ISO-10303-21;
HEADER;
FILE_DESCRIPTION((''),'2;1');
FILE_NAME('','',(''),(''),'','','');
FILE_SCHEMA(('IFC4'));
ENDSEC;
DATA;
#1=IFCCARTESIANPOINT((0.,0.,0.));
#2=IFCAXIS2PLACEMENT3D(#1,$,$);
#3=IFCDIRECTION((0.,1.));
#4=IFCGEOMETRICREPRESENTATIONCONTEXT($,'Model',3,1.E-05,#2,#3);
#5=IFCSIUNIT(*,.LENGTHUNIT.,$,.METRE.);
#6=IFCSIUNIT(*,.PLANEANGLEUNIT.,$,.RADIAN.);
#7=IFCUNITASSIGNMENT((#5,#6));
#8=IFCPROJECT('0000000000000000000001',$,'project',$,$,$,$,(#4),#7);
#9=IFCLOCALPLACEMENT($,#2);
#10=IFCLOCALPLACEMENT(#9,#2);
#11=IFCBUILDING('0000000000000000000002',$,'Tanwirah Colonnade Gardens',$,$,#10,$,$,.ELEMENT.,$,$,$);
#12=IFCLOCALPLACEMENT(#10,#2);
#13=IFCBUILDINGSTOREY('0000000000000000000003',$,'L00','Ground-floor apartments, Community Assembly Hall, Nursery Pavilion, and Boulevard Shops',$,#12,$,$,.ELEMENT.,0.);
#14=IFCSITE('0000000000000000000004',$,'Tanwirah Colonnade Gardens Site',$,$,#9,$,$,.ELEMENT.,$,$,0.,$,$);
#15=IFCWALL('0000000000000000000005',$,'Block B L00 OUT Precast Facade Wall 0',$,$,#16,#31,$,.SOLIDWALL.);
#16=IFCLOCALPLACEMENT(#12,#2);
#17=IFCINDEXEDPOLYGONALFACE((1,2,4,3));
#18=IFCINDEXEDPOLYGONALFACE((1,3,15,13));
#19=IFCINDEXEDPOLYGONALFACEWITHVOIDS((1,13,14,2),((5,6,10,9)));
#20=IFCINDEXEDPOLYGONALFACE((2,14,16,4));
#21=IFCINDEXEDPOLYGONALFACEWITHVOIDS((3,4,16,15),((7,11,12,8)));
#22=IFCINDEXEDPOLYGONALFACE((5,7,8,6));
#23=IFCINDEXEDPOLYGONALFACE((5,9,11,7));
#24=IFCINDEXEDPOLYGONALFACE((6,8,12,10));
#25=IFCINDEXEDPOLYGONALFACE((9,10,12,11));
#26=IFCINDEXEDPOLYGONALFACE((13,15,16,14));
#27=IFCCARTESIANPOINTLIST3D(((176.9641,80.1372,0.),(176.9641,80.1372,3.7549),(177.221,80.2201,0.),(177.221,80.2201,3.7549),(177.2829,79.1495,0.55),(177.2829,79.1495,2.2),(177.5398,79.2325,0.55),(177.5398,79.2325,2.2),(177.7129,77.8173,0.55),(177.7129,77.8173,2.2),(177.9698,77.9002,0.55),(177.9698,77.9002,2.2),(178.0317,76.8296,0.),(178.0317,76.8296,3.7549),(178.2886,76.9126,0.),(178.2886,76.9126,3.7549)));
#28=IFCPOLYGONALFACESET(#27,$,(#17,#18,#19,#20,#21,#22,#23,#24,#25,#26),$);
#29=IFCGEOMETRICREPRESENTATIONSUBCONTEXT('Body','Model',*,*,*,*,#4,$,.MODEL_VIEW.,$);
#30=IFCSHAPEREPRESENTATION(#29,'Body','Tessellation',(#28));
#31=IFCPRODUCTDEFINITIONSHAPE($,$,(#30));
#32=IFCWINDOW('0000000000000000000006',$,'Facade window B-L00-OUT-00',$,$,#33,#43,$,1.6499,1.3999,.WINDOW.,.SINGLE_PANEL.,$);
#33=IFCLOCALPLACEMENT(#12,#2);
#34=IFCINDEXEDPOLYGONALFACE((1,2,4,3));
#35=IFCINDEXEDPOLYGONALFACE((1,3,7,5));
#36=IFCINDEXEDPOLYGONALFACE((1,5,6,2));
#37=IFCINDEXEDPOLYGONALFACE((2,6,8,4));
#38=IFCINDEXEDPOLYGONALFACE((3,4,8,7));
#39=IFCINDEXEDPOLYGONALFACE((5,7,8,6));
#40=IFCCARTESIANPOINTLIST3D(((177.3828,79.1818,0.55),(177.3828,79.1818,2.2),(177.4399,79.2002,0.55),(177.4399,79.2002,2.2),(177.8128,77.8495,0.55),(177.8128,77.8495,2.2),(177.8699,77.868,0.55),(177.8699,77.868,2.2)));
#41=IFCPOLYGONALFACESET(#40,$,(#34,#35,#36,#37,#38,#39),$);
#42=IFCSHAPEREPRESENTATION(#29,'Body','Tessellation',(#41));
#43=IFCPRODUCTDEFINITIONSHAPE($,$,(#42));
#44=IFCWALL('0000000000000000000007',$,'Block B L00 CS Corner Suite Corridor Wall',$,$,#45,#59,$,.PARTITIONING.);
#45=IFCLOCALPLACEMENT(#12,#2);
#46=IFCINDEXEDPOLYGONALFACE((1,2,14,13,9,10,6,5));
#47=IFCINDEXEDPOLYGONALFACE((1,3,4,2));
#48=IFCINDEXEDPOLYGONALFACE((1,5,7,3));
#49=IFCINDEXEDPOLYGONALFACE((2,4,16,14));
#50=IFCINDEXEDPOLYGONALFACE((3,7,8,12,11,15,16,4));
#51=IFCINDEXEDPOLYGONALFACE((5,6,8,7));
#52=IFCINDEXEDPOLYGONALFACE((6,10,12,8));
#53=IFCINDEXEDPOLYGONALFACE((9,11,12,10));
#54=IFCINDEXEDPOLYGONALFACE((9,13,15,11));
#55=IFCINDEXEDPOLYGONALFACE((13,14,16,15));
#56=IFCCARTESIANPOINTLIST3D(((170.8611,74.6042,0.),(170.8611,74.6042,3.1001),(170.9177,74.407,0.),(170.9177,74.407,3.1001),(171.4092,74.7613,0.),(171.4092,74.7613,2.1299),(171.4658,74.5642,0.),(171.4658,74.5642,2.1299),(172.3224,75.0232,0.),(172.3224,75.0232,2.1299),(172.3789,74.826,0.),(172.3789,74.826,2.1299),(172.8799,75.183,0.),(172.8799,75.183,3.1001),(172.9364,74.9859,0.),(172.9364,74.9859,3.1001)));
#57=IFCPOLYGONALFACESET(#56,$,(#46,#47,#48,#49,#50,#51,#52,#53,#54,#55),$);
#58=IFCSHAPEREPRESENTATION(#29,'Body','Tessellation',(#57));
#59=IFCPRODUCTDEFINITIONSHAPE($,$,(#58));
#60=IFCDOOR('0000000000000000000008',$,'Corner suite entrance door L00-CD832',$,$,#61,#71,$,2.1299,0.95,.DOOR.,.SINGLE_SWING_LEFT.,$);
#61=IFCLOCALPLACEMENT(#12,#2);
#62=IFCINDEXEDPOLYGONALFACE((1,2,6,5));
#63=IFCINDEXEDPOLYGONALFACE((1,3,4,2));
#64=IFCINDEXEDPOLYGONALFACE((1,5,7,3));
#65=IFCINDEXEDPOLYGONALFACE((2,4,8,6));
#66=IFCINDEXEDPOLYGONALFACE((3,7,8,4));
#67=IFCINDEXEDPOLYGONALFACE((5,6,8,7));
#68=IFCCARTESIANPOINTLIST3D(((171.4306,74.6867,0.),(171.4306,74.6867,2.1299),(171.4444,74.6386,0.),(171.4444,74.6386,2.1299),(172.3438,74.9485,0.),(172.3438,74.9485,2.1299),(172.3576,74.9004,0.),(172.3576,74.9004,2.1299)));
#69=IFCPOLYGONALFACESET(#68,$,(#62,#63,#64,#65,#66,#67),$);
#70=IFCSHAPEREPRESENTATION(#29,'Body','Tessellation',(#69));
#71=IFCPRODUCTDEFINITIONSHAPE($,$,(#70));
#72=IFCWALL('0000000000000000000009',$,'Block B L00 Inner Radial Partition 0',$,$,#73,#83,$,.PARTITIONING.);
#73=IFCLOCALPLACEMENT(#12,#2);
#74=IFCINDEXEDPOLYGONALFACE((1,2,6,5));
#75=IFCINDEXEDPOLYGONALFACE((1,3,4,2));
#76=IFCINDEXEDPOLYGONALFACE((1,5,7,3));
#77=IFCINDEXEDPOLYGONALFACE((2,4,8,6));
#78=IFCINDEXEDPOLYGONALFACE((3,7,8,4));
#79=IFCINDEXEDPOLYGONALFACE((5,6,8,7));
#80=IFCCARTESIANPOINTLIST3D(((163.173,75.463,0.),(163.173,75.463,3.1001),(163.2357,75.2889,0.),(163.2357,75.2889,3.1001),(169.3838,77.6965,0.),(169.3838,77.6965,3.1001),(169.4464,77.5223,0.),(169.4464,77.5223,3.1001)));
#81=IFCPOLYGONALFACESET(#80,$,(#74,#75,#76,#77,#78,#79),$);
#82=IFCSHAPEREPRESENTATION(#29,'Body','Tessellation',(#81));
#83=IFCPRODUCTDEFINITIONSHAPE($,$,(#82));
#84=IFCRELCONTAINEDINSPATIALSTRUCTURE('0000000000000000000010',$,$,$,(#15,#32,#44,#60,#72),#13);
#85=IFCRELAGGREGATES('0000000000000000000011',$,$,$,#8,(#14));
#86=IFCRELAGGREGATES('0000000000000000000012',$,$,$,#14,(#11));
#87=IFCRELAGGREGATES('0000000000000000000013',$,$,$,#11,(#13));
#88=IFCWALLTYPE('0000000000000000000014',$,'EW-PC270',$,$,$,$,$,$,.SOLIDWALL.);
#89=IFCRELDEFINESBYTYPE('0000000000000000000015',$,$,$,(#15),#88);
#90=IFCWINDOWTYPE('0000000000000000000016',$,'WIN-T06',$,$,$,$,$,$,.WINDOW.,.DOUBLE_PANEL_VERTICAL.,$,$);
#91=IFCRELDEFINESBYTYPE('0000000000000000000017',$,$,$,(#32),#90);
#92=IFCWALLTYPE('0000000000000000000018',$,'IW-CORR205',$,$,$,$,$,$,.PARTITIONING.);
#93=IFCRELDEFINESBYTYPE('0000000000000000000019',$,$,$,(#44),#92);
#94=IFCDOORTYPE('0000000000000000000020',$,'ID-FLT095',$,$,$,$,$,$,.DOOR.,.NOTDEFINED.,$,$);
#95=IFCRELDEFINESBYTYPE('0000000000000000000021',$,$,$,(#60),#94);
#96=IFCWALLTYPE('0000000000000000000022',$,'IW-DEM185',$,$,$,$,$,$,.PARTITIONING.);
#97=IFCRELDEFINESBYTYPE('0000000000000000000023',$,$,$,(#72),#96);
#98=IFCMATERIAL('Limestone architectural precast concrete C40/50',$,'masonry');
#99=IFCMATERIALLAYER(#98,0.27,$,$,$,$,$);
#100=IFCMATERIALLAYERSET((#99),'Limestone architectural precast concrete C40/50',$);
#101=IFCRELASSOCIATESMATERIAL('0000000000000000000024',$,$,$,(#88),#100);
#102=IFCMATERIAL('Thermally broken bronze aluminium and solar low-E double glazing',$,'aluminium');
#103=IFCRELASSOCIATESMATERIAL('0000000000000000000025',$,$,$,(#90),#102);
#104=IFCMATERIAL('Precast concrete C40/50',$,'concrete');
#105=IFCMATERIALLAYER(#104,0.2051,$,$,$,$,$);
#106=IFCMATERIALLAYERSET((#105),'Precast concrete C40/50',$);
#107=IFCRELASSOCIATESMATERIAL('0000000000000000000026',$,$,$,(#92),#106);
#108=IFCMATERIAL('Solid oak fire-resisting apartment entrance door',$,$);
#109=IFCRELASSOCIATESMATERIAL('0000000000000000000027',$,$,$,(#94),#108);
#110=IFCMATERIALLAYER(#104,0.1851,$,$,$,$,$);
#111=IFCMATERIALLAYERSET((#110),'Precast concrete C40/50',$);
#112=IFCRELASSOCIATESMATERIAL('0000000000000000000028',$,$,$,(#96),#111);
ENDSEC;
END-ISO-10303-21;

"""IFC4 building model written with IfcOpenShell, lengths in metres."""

from ifc_helpers import new_model, si_unit, direction, frame, frame_2d, origin, place, context, subcontext, project, spatial, rectangle, extrude, material, layer, layer_set, type_object, element, fill, save


model = new_model("IFC4")

# Units and contexts
model_context = context("Model", 3, precision=1e-05, world=origin(), true_north=direction((0.0, 1.0)))
body_context = subcontext(model_context, "Body", "Model", "MODEL_VIEW")
ifc_project = project(units=[si_unit("LENGTHUNIT", "METRE"), si_unit("PLANEANGLEUNIT", "RADIAN")], contexts=[model_context])

# Site, building, storey
site_placement = place(None, origin())
site = spatial("IfcSite", under=ifc_project, at=site_placement, Name="Tanwirah Colonnade Gardens Site", CompositionType="ELEMENT", RefElevation=0.0)
building_placement = place(site_placement, origin())
building = spatial("IfcBuilding", under=site, at=building_placement, Name="Tanwirah Colonnade Gardens", CompositionType="ELEMENT")
storey_placement = place(building_placement, origin())
storey = spatial("IfcBuildingStorey", under=building, at=storey_placement, Name="L00", Description="Ground-floor apartments, Community Assembly Hall, Nursery Pavilion, and Boulevard Shops", CompositionType="ELEMENT", Elevation=0.0)

# Shared definitions
ifc_material_1 = material(Name="Precast concrete C40/50", Category="concrete")

# Wall, opening, window
ifc_material_2 = material(Name="Limestone architectural precast concrete C40/50", Category="masonry")
ifc_layer_1 = layer(ifc_material_2, 0.27)
ifc_layer_set_1 = layer_set([ifc_layer_1], Name="Limestone architectural precast concrete C40/50")
wall_type_1 = type_object("IfcWallType", Name="EW-PC270", PredefinedType="SOLIDWALL", material=ifc_layer_set_1)
wall_1_placement = place(storey_placement, frame((178.1602, 76.8711, 0.0), z_axis=(0.0, 0.0, 1.0), x_axis=(-0.307173, 0.951654, 0.0)))
wall_1 = element("IfcWall", 1, at=wall_1_placement, inside=storey, type_object=wall_type_1, Name="Block B L00 OUT Precast Facade Wall 0", PredefinedType="SOLIDWALL", context=body_context, shape_type="SweptSolid", body=[
    extrude(rectangle(XDim=3.4756, YDim=0.27, at=frame_2d((1.7378, 0.0))), origin(), (0.0, 0.0, 1.0), 3.7549),
])
opening_1_placement = place(wall_1_placement, frame((1.0378, 0.0, 0.55)))
opening_1 = element("IfcOpeningElement", 2, at=opening_1_placement, cuts=wall_1, PredefinedType="OPENING", context=body_context, shape_type="SweptSolid", body=[
    extrude(rectangle(XDim=1.3999, YDim=1.6499, at=frame_2d((0.7, 0.825))), frame((0.0, 0.145, 0.0), z_axis=(0.0, -1.0, 0.0), x_axis=(1.0, 0.0, 0.0)), (0.0, 0.0, 1.0), 0.29),
])
ifc_material_3 = material(Name="Thermally broken bronze aluminium and solar low-E double glazing", Category="aluminium")
window_type = type_object("IfcWindowType", Name="WIN-T06", PartitioningType="DOUBLE_PANEL_VERTICAL", PredefinedType="WINDOW", material=ifc_material_3)
window_placement = place(opening_1_placement, origin())
window = element("IfcWindow", 3, at=window_placement, inside=storey, type_object=window_type, Name="Facade window B-L00-OUT-00", OverallHeight=1.6499, OverallWidth=1.3999, PartitioningType="SINGLE_PANEL", PredefinedType="WINDOW", context=body_context, shape_type="SweptSolid", body=[
    extrude(rectangle(XDim=1.3999, YDim=1.6499, at=frame_2d((0.7, 0.825))), frame((0.0, 0.03, 0.0), z_axis=(0.0, -1.0, 0.0), x_axis=(1.0, 0.0, 0.0)), (0.0, 0.0, 1.0), 0.0601),
])
fill(opening_1, window)

# Wall, opening, door
ifc_layer_2 = layer(ifc_material_1, 0.2051)
ifc_layer_set_2 = layer_set([ifc_layer_2], Name="Precast concrete C40/50")
wall_type_2 = type_object("IfcWallType", Name="IW-CORR205", PredefinedType="PARTITIONING", material=ifc_layer_set_2)
ifc_material_4 = material(Name="Solid oak fire-resisting apartment entrance door")
wall_2_placement = place(storey_placement, frame((170.8894, 74.5056, 0.0), z_axis=(0.0, 0.0, 1.0), x_axis=(0.961265, 0.275627, 0.0)))
wall_2 = element("IfcWall", 4, at=wall_2_placement, inside=storey, type_object=wall_type_2, Name="Block B L00 CS Corner Suite Corridor Wall", PredefinedType="PARTITIONING", context=body_context, shape_type="SweptSolid", body=[
    extrude(rectangle(XDim=2.1001, YDim=0.2051, at=frame_2d((1.05, 0.0))), origin(), (0.0, 0.0, 1.0), 3.1001),
])
opening_2_placement = place(wall_2_placement, frame((0.5701, 0.0, 0.0)))
opening_2 = element("IfcOpeningElement", 5, at=opening_2_placement, cuts=wall_2, PredefinedType="OPENING", context=body_context, shape_type="SweptSolid", body=[
    extrude(rectangle(XDim=0.95, YDim=2.1299, at=frame_2d((0.4751, 1.0649))), frame((0.0, 0.1125, 0.0), z_axis=(0.0, -1.0, 0.0), x_axis=(1.0, 0.0, 0.0)), (0.0, 0.0, 1.0), 0.2251),
])
door_type_1 = type_object("IfcDoorType", Name="ID-FLT095", OperationType="NOTDEFINED", PredefinedType="DOOR", material=ifc_material_4)
door_1_placement = place(opening_2_placement, origin())
door_1 = element("IfcDoor", 6, at=door_1_placement, inside=storey, type_object=door_type_1, Name="Corner suite entrance door L00-CD832", OperationType="SINGLE_SWING_LEFT", OverallHeight=2.1299, OverallWidth=0.95, PredefinedType="DOOR", context=body_context, shape_type="SweptSolid", body=[
    extrude(rectangle(XDim=0.95, YDim=2.1299, at=frame_2d((0.4751, 1.0649))), frame((0.0, 0.0249, 0.0), z_axis=(0.0, -1.0, 0.0), x_axis=(1.0, 0.0, 0.0)), (0.0, 0.0, 1.0), 0.05),
])
fill(opening_2, door_1)

# Wall
ifc_layer_3 = layer(ifc_material_1, 0.1851)
ifc_layer_set_3 = layer_set([ifc_layer_3], Name="Precast concrete C40/50")
wall_type_3 = type_object("IfcWallType", Name="IW-DEM185", PredefinedType="PARTITIONING", material=ifc_layer_set_3)
wall_3_placement = place(storey_placement, frame((163.2043, 75.376, 0.0), z_axis=(0.0, 0.0, 1.0), x_axis=(0.941006, 0.338391, 0.0)))
element("IfcWall", 7, at=wall_3_placement, inside=storey, type_object=wall_type_3, Name="Block B L00 Inner Radial Partition 0", PredefinedType="PARTITIONING", context=body_context, shape_type="SweptSolid", body=[
    extrude(rectangle(XDim=6.6001, YDim=0.1851, at=frame_2d((3.3, 0.0))), origin(), (0.0, 0.0, 1.0), 3.1001),
])

save(model, "model.ifc")
